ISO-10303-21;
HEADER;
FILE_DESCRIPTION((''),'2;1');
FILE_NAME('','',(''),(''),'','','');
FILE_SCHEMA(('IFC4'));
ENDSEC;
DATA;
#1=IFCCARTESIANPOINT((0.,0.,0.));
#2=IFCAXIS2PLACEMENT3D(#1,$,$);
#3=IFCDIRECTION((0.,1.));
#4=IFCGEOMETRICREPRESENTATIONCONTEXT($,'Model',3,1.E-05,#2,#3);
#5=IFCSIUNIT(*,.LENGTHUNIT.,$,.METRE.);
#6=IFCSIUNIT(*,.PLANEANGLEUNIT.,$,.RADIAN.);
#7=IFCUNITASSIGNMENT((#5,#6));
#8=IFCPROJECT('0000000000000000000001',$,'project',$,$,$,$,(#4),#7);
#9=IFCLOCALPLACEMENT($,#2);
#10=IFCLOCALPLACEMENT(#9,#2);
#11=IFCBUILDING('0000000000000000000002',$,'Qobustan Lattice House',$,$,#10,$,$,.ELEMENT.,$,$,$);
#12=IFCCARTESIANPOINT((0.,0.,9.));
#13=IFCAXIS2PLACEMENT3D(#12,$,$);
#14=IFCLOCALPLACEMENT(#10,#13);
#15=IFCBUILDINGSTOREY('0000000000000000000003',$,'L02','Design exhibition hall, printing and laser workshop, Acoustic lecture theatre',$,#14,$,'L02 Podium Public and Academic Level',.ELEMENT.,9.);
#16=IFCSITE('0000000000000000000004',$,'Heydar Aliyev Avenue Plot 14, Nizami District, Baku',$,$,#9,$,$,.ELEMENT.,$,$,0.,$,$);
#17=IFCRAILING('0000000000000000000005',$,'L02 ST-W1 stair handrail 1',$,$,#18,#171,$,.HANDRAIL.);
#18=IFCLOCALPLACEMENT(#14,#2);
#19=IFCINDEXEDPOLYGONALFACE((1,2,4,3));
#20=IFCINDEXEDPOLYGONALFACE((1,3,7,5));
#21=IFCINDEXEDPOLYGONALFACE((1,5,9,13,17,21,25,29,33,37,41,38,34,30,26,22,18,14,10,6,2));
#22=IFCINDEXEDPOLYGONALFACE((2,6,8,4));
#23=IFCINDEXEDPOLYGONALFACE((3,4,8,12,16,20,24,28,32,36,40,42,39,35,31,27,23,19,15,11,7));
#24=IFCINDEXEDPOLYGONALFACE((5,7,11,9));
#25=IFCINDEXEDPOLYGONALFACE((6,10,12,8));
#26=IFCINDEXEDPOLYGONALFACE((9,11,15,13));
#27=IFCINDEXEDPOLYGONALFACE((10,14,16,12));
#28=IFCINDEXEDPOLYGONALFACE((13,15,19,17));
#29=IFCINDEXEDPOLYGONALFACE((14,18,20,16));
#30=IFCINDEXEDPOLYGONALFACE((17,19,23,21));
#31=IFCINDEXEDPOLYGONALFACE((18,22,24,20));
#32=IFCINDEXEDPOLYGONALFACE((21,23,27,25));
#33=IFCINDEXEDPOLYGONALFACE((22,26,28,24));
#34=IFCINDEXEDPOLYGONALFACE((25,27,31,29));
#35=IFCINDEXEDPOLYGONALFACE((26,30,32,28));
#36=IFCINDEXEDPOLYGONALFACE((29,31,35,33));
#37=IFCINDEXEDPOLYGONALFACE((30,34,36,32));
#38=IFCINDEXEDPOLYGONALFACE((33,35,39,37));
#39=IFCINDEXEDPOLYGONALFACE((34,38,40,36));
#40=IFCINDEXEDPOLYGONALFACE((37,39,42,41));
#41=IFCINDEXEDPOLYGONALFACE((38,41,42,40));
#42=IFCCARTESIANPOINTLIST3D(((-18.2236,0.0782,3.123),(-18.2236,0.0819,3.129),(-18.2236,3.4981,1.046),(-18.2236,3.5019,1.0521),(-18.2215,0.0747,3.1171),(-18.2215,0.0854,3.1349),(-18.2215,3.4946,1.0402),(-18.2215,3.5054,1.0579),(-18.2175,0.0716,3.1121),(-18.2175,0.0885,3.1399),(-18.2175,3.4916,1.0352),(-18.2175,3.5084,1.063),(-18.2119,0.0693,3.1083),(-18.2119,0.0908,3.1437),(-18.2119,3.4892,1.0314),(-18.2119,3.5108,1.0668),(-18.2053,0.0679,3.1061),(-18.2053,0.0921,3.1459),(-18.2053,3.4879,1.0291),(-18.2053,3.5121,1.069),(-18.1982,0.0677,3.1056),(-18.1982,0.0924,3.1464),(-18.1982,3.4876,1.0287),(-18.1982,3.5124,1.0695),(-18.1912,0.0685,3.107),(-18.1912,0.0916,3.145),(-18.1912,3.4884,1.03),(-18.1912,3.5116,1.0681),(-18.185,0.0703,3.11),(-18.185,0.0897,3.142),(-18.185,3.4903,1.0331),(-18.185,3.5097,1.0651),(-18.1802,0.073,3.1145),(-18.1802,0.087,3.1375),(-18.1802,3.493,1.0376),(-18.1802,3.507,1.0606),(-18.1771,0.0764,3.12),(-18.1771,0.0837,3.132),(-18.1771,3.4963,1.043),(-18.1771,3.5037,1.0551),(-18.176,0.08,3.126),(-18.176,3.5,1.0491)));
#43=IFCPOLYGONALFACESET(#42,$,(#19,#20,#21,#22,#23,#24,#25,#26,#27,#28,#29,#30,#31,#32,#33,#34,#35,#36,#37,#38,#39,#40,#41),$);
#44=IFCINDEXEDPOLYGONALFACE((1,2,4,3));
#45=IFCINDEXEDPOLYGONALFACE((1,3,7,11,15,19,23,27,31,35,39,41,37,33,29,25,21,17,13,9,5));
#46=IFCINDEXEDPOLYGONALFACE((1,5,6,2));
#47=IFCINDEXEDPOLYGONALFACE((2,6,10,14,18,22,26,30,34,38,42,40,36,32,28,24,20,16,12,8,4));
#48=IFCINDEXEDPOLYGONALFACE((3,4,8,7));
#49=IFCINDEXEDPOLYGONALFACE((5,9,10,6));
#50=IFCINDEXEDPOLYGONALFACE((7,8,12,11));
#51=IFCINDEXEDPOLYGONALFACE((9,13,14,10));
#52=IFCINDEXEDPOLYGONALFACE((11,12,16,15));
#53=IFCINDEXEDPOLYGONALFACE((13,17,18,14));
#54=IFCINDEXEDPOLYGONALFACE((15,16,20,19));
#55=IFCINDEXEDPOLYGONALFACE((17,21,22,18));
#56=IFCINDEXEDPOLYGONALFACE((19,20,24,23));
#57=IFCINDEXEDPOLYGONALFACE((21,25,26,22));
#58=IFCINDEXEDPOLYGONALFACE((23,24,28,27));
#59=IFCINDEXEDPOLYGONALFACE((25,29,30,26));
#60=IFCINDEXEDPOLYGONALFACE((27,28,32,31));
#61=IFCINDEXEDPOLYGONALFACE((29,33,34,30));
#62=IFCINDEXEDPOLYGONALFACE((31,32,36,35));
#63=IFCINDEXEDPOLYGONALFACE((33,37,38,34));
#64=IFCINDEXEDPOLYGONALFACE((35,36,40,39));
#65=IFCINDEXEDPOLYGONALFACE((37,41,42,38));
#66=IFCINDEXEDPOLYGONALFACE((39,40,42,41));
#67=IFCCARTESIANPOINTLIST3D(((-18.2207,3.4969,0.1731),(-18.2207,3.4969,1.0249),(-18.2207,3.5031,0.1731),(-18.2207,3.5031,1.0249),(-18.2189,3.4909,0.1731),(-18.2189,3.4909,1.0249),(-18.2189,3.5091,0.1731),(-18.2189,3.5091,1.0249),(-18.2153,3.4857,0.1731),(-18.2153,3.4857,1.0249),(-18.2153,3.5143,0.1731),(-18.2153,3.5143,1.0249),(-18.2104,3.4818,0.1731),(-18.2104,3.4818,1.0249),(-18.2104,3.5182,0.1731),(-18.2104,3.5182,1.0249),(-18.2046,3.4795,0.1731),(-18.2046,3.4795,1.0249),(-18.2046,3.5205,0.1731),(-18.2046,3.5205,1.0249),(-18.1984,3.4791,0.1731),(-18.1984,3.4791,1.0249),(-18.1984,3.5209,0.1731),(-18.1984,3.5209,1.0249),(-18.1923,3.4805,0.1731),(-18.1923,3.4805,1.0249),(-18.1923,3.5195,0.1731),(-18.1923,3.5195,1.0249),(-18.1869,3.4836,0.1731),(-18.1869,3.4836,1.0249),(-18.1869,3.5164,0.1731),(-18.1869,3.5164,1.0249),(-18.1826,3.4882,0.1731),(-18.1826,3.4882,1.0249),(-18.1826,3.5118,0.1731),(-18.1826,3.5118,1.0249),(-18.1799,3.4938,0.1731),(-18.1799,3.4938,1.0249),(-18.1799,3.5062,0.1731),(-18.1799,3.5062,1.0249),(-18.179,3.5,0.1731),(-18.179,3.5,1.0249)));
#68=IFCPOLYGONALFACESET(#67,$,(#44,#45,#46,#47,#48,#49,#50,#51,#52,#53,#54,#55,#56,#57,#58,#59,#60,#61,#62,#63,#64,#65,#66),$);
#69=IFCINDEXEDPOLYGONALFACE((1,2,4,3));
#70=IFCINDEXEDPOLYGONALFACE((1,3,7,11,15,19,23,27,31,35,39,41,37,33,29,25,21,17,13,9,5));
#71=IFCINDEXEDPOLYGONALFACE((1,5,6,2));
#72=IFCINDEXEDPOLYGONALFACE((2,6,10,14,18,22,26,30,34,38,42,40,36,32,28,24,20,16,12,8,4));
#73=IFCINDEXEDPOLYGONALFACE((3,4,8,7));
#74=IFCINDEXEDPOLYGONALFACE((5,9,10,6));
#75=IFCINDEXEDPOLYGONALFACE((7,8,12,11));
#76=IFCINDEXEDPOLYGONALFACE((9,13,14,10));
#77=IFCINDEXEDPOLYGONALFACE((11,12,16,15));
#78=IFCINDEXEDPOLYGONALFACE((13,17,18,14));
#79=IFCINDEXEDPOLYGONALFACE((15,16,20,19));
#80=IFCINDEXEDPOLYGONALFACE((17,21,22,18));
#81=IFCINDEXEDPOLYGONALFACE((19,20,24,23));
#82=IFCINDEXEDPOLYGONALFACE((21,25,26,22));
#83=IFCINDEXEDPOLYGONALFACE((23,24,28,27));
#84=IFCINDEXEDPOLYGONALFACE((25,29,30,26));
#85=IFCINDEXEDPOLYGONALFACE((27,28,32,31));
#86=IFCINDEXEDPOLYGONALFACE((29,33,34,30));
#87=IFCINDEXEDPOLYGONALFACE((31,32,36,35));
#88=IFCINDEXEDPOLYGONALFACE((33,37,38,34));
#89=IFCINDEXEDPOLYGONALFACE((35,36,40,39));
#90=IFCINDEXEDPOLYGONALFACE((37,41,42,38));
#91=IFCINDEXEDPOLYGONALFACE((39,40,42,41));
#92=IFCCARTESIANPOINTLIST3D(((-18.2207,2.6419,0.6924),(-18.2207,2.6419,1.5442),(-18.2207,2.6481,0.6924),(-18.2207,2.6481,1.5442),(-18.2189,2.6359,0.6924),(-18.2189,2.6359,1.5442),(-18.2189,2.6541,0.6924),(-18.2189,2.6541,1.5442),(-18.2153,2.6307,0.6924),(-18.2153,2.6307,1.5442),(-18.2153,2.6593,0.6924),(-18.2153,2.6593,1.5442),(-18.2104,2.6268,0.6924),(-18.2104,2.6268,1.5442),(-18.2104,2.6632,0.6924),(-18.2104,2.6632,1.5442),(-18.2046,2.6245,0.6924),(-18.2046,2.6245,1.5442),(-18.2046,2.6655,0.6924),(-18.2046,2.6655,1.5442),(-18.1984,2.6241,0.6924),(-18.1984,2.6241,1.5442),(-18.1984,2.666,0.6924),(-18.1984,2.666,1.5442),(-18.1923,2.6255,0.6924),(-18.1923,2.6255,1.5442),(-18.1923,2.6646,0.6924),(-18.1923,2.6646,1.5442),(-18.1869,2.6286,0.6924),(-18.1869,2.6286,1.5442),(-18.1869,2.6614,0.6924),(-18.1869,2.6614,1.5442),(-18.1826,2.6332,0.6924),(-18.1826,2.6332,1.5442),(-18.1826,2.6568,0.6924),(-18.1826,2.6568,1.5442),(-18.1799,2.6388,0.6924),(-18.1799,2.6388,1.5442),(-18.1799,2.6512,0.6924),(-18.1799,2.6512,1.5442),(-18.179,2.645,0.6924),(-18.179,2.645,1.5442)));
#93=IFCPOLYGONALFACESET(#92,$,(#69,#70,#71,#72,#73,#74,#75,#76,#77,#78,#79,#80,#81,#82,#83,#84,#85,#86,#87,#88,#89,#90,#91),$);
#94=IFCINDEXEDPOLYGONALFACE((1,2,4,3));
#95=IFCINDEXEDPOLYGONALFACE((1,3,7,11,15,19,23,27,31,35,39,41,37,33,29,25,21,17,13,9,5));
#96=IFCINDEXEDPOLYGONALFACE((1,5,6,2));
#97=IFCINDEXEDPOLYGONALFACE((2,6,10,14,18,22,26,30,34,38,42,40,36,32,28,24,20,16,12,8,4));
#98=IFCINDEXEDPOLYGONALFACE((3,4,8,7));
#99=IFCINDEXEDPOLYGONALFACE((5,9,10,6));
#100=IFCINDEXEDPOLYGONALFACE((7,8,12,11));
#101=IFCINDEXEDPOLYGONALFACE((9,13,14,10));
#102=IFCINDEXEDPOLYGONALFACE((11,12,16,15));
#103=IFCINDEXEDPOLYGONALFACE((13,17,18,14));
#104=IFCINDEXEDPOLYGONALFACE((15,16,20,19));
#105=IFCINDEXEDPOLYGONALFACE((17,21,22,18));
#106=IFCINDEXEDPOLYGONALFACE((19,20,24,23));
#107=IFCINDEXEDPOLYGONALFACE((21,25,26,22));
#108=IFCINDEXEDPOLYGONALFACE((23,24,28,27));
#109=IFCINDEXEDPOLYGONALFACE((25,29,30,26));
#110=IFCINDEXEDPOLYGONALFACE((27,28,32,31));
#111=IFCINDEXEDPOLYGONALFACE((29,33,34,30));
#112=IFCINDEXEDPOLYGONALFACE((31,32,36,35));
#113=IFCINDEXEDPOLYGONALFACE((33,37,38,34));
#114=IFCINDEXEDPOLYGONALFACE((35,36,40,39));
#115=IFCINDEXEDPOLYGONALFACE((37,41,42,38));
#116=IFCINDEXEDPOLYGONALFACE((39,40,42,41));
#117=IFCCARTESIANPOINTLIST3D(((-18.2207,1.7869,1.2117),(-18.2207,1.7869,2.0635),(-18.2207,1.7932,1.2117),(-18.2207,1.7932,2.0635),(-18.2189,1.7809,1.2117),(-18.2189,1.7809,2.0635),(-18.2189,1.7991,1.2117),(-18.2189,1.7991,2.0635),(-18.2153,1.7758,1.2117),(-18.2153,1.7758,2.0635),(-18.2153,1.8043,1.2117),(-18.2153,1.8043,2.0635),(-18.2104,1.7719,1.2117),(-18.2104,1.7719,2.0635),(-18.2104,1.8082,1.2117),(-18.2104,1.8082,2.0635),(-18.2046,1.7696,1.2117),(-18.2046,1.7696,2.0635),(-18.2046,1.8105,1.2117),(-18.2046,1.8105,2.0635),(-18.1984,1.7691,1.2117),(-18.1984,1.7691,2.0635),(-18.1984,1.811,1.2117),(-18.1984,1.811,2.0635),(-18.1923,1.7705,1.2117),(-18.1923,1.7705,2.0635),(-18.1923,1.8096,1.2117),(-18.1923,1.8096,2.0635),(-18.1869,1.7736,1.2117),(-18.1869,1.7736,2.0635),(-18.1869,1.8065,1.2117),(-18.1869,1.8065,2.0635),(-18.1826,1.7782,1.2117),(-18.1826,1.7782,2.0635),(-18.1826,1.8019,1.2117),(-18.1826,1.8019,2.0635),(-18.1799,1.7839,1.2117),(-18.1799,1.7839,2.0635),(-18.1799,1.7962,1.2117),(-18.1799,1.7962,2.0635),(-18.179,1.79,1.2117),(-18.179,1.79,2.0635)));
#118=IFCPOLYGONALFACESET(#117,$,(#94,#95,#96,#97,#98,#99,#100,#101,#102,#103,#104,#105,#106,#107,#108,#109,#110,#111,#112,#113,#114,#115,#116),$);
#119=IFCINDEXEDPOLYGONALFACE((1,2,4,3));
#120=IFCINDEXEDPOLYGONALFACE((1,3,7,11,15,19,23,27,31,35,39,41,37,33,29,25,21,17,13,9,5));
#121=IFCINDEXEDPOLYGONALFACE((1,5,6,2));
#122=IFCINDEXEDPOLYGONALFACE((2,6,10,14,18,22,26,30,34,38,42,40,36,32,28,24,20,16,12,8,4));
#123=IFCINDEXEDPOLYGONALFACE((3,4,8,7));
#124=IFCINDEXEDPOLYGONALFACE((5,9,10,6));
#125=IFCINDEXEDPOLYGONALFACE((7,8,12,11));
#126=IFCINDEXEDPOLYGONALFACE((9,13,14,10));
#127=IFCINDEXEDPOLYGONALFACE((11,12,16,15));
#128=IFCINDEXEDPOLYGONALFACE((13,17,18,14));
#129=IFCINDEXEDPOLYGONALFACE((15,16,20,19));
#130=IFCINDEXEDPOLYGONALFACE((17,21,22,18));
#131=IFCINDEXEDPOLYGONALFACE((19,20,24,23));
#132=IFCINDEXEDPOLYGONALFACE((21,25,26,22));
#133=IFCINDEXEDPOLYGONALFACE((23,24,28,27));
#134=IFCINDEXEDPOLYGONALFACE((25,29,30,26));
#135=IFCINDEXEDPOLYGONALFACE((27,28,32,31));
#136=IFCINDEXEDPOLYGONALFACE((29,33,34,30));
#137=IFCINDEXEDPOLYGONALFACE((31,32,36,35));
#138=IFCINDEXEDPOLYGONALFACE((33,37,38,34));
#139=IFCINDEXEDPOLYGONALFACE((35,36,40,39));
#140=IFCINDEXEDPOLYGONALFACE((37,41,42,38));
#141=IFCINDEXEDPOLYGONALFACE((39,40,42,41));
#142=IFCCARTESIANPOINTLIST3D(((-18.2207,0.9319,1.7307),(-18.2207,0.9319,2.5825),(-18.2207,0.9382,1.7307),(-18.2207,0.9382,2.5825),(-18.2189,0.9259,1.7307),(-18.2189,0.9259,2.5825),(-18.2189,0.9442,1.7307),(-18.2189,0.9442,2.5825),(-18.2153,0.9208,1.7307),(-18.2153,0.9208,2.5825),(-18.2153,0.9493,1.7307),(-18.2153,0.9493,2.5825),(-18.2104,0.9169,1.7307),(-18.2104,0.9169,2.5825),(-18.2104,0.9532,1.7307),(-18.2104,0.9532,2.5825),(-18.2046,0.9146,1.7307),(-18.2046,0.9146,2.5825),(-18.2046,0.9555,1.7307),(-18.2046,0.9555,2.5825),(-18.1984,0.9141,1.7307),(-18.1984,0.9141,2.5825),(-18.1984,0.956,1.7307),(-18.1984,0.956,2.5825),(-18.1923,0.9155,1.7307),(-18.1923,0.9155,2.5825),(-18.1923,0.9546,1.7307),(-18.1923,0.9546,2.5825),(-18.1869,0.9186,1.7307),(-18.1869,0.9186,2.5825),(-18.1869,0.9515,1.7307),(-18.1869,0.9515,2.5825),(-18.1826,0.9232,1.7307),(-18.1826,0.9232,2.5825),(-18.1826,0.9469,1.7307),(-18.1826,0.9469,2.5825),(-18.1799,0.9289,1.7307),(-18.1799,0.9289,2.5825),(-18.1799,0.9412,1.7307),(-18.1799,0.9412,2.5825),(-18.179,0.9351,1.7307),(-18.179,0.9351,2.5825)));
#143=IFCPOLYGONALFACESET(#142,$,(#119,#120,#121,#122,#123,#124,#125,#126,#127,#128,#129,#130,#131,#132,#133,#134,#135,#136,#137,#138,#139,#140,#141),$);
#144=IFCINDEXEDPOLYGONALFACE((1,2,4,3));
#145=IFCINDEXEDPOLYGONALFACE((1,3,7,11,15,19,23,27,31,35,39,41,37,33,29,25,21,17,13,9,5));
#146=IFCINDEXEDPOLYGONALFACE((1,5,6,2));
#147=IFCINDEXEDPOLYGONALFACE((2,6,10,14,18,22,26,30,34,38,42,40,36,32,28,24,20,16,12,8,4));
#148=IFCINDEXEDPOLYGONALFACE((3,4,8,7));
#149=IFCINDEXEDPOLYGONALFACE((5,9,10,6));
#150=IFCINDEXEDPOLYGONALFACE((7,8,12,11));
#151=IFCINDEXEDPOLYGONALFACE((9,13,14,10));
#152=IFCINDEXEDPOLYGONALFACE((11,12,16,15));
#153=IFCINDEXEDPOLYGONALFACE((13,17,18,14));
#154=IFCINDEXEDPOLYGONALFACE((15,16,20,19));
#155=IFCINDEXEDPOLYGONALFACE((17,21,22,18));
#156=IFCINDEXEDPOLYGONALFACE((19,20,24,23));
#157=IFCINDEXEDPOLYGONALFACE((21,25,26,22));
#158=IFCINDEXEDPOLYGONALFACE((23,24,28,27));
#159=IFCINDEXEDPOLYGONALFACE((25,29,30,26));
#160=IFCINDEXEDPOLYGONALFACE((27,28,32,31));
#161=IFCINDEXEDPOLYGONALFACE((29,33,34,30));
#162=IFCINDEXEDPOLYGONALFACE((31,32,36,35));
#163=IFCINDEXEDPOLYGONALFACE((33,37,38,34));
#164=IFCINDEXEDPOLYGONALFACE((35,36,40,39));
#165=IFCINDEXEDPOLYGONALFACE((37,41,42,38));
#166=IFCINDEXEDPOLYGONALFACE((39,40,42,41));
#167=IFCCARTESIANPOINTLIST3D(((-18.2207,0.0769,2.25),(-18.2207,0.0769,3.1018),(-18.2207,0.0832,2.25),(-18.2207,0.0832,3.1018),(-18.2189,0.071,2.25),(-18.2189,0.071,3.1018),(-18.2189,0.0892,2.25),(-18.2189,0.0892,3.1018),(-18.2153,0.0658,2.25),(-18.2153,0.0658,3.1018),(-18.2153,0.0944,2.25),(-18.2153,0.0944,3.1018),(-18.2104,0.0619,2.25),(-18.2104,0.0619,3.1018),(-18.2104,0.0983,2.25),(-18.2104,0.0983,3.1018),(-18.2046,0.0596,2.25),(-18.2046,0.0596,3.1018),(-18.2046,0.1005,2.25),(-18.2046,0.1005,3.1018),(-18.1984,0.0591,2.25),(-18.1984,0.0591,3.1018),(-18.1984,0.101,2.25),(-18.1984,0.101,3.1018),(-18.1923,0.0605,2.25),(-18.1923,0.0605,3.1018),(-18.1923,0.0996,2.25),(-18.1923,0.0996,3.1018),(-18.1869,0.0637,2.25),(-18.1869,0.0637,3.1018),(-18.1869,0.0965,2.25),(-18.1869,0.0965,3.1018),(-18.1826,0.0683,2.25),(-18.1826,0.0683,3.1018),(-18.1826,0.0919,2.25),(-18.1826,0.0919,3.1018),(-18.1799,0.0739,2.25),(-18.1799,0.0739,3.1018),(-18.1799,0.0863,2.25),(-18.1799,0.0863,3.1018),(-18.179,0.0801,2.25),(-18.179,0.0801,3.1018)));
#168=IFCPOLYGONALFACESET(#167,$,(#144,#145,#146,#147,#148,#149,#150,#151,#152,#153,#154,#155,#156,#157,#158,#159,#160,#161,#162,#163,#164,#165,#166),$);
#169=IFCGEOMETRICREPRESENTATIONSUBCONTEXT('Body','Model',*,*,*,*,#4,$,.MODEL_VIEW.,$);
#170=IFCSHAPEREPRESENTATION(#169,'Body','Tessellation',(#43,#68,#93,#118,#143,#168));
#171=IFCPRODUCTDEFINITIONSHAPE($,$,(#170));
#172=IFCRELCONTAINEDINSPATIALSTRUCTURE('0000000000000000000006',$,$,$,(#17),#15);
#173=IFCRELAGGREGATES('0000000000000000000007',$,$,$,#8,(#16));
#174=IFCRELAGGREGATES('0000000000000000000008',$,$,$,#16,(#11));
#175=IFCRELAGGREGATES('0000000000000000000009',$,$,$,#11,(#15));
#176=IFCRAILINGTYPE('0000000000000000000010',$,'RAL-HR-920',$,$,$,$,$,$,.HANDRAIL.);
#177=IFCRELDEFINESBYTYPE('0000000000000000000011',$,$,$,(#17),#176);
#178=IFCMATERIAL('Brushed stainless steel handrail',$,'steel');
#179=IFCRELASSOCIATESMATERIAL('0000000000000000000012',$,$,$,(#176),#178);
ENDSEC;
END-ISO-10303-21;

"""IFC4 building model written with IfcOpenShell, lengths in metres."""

from ifc_helpers import new_model, si_unit, direction, frame, origin, origin_2d, place, context, subcontext, project, spatial, circle, extrude, material, type_object, element, save


model = new_model("IFC4")

# Units and contexts
model_context = context("Model", 3, precision=1e-05, world=origin(), true_north=direction((0.0, 1.0)))
body_context = subcontext(model_context, "Body", "Model", "MODEL_VIEW")
ifc_project = project(units=[si_unit("LENGTHUNIT", "METRE"), si_unit("PLANEANGLEUNIT", "RADIAN")], contexts=[model_context])

# Site, building, storey
site_placement = place(None, origin())
site = spatial("IfcSite", under=ifc_project, at=site_placement, Name="Heydar Aliyev Avenue Plot 14, Nizami District, Baku", CompositionType="ELEMENT", RefElevation=0.0)
building_placement = place(site_placement, origin())
building = spatial("IfcBuilding", under=site, at=building_placement, Name="Qobustan Lattice House", CompositionType="ELEMENT")
storey_placement = place(building_placement, frame((0.0, 0.0, 9.0)))
storey = spatial("IfcBuildingStorey", under=building, at=storey_placement, Name="L02", Description="Design exhibition hall, printing and laser workshop, Acoustic lecture theatre", LongName="L02 Podium Public and Academic Level", CompositionType="ELEMENT", Elevation=9.0)

# Railing
ifc_material_1 = material(Name="Brushed stainless steel handrail", Category="steel")
railing_type_1 = type_object("IfcRailingType", Name="RAL-HR-920", PredefinedType="HANDRAIL", material=ifc_material_1)
railing_1_placement = place(storey_placement, frame((-18.2, 3.5, 0.1731)))
element("IfcRailing", 1, at=railing_1_placement, inside=storey, type_object=railing_type_1, Name="L02 ST-W1 stair handrail 1", PredefinedType="HANDRAIL", context=body_context, shape_type="SweptSolid", body=[
    extrude(circle(Radius=0.0239, at=origin_2d()), frame((0.0, 0.0, 0.876), z_axis=(0.0, -0.85473, 0.519074), x_axis=(1.0, 0.0, 0.0)), (0.0, 0.0, 1.0), 4.0012),
    extrude(circle(Radius=0.021, at=origin_2d()), origin(), (0.0, 0.0, 1.0), 0.8518),
    extrude(circle(Radius=0.021, at=origin_2d()), frame((0.0, -0.855, 0.5193)), (0.0, 0.0, 1.0), 0.8518),
    extrude(circle(Radius=0.021, at=origin_2d()), frame((0.0, -1.71, 1.0386)), (0.0, 0.0, 1.0), 0.8518),
    extrude(circle(Radius=0.021, at=origin_2d()), frame((0.0, -2.5649, 1.5576)), (0.0, 0.0, 1.0), 0.8518),
    extrude(circle(Radius=0.021, at=origin_2d()), frame((0.0, -3.4199, 2.0769)), (0.0, 0.0, 1.0), 0.8518),
])

save(model, "model.ifc")
